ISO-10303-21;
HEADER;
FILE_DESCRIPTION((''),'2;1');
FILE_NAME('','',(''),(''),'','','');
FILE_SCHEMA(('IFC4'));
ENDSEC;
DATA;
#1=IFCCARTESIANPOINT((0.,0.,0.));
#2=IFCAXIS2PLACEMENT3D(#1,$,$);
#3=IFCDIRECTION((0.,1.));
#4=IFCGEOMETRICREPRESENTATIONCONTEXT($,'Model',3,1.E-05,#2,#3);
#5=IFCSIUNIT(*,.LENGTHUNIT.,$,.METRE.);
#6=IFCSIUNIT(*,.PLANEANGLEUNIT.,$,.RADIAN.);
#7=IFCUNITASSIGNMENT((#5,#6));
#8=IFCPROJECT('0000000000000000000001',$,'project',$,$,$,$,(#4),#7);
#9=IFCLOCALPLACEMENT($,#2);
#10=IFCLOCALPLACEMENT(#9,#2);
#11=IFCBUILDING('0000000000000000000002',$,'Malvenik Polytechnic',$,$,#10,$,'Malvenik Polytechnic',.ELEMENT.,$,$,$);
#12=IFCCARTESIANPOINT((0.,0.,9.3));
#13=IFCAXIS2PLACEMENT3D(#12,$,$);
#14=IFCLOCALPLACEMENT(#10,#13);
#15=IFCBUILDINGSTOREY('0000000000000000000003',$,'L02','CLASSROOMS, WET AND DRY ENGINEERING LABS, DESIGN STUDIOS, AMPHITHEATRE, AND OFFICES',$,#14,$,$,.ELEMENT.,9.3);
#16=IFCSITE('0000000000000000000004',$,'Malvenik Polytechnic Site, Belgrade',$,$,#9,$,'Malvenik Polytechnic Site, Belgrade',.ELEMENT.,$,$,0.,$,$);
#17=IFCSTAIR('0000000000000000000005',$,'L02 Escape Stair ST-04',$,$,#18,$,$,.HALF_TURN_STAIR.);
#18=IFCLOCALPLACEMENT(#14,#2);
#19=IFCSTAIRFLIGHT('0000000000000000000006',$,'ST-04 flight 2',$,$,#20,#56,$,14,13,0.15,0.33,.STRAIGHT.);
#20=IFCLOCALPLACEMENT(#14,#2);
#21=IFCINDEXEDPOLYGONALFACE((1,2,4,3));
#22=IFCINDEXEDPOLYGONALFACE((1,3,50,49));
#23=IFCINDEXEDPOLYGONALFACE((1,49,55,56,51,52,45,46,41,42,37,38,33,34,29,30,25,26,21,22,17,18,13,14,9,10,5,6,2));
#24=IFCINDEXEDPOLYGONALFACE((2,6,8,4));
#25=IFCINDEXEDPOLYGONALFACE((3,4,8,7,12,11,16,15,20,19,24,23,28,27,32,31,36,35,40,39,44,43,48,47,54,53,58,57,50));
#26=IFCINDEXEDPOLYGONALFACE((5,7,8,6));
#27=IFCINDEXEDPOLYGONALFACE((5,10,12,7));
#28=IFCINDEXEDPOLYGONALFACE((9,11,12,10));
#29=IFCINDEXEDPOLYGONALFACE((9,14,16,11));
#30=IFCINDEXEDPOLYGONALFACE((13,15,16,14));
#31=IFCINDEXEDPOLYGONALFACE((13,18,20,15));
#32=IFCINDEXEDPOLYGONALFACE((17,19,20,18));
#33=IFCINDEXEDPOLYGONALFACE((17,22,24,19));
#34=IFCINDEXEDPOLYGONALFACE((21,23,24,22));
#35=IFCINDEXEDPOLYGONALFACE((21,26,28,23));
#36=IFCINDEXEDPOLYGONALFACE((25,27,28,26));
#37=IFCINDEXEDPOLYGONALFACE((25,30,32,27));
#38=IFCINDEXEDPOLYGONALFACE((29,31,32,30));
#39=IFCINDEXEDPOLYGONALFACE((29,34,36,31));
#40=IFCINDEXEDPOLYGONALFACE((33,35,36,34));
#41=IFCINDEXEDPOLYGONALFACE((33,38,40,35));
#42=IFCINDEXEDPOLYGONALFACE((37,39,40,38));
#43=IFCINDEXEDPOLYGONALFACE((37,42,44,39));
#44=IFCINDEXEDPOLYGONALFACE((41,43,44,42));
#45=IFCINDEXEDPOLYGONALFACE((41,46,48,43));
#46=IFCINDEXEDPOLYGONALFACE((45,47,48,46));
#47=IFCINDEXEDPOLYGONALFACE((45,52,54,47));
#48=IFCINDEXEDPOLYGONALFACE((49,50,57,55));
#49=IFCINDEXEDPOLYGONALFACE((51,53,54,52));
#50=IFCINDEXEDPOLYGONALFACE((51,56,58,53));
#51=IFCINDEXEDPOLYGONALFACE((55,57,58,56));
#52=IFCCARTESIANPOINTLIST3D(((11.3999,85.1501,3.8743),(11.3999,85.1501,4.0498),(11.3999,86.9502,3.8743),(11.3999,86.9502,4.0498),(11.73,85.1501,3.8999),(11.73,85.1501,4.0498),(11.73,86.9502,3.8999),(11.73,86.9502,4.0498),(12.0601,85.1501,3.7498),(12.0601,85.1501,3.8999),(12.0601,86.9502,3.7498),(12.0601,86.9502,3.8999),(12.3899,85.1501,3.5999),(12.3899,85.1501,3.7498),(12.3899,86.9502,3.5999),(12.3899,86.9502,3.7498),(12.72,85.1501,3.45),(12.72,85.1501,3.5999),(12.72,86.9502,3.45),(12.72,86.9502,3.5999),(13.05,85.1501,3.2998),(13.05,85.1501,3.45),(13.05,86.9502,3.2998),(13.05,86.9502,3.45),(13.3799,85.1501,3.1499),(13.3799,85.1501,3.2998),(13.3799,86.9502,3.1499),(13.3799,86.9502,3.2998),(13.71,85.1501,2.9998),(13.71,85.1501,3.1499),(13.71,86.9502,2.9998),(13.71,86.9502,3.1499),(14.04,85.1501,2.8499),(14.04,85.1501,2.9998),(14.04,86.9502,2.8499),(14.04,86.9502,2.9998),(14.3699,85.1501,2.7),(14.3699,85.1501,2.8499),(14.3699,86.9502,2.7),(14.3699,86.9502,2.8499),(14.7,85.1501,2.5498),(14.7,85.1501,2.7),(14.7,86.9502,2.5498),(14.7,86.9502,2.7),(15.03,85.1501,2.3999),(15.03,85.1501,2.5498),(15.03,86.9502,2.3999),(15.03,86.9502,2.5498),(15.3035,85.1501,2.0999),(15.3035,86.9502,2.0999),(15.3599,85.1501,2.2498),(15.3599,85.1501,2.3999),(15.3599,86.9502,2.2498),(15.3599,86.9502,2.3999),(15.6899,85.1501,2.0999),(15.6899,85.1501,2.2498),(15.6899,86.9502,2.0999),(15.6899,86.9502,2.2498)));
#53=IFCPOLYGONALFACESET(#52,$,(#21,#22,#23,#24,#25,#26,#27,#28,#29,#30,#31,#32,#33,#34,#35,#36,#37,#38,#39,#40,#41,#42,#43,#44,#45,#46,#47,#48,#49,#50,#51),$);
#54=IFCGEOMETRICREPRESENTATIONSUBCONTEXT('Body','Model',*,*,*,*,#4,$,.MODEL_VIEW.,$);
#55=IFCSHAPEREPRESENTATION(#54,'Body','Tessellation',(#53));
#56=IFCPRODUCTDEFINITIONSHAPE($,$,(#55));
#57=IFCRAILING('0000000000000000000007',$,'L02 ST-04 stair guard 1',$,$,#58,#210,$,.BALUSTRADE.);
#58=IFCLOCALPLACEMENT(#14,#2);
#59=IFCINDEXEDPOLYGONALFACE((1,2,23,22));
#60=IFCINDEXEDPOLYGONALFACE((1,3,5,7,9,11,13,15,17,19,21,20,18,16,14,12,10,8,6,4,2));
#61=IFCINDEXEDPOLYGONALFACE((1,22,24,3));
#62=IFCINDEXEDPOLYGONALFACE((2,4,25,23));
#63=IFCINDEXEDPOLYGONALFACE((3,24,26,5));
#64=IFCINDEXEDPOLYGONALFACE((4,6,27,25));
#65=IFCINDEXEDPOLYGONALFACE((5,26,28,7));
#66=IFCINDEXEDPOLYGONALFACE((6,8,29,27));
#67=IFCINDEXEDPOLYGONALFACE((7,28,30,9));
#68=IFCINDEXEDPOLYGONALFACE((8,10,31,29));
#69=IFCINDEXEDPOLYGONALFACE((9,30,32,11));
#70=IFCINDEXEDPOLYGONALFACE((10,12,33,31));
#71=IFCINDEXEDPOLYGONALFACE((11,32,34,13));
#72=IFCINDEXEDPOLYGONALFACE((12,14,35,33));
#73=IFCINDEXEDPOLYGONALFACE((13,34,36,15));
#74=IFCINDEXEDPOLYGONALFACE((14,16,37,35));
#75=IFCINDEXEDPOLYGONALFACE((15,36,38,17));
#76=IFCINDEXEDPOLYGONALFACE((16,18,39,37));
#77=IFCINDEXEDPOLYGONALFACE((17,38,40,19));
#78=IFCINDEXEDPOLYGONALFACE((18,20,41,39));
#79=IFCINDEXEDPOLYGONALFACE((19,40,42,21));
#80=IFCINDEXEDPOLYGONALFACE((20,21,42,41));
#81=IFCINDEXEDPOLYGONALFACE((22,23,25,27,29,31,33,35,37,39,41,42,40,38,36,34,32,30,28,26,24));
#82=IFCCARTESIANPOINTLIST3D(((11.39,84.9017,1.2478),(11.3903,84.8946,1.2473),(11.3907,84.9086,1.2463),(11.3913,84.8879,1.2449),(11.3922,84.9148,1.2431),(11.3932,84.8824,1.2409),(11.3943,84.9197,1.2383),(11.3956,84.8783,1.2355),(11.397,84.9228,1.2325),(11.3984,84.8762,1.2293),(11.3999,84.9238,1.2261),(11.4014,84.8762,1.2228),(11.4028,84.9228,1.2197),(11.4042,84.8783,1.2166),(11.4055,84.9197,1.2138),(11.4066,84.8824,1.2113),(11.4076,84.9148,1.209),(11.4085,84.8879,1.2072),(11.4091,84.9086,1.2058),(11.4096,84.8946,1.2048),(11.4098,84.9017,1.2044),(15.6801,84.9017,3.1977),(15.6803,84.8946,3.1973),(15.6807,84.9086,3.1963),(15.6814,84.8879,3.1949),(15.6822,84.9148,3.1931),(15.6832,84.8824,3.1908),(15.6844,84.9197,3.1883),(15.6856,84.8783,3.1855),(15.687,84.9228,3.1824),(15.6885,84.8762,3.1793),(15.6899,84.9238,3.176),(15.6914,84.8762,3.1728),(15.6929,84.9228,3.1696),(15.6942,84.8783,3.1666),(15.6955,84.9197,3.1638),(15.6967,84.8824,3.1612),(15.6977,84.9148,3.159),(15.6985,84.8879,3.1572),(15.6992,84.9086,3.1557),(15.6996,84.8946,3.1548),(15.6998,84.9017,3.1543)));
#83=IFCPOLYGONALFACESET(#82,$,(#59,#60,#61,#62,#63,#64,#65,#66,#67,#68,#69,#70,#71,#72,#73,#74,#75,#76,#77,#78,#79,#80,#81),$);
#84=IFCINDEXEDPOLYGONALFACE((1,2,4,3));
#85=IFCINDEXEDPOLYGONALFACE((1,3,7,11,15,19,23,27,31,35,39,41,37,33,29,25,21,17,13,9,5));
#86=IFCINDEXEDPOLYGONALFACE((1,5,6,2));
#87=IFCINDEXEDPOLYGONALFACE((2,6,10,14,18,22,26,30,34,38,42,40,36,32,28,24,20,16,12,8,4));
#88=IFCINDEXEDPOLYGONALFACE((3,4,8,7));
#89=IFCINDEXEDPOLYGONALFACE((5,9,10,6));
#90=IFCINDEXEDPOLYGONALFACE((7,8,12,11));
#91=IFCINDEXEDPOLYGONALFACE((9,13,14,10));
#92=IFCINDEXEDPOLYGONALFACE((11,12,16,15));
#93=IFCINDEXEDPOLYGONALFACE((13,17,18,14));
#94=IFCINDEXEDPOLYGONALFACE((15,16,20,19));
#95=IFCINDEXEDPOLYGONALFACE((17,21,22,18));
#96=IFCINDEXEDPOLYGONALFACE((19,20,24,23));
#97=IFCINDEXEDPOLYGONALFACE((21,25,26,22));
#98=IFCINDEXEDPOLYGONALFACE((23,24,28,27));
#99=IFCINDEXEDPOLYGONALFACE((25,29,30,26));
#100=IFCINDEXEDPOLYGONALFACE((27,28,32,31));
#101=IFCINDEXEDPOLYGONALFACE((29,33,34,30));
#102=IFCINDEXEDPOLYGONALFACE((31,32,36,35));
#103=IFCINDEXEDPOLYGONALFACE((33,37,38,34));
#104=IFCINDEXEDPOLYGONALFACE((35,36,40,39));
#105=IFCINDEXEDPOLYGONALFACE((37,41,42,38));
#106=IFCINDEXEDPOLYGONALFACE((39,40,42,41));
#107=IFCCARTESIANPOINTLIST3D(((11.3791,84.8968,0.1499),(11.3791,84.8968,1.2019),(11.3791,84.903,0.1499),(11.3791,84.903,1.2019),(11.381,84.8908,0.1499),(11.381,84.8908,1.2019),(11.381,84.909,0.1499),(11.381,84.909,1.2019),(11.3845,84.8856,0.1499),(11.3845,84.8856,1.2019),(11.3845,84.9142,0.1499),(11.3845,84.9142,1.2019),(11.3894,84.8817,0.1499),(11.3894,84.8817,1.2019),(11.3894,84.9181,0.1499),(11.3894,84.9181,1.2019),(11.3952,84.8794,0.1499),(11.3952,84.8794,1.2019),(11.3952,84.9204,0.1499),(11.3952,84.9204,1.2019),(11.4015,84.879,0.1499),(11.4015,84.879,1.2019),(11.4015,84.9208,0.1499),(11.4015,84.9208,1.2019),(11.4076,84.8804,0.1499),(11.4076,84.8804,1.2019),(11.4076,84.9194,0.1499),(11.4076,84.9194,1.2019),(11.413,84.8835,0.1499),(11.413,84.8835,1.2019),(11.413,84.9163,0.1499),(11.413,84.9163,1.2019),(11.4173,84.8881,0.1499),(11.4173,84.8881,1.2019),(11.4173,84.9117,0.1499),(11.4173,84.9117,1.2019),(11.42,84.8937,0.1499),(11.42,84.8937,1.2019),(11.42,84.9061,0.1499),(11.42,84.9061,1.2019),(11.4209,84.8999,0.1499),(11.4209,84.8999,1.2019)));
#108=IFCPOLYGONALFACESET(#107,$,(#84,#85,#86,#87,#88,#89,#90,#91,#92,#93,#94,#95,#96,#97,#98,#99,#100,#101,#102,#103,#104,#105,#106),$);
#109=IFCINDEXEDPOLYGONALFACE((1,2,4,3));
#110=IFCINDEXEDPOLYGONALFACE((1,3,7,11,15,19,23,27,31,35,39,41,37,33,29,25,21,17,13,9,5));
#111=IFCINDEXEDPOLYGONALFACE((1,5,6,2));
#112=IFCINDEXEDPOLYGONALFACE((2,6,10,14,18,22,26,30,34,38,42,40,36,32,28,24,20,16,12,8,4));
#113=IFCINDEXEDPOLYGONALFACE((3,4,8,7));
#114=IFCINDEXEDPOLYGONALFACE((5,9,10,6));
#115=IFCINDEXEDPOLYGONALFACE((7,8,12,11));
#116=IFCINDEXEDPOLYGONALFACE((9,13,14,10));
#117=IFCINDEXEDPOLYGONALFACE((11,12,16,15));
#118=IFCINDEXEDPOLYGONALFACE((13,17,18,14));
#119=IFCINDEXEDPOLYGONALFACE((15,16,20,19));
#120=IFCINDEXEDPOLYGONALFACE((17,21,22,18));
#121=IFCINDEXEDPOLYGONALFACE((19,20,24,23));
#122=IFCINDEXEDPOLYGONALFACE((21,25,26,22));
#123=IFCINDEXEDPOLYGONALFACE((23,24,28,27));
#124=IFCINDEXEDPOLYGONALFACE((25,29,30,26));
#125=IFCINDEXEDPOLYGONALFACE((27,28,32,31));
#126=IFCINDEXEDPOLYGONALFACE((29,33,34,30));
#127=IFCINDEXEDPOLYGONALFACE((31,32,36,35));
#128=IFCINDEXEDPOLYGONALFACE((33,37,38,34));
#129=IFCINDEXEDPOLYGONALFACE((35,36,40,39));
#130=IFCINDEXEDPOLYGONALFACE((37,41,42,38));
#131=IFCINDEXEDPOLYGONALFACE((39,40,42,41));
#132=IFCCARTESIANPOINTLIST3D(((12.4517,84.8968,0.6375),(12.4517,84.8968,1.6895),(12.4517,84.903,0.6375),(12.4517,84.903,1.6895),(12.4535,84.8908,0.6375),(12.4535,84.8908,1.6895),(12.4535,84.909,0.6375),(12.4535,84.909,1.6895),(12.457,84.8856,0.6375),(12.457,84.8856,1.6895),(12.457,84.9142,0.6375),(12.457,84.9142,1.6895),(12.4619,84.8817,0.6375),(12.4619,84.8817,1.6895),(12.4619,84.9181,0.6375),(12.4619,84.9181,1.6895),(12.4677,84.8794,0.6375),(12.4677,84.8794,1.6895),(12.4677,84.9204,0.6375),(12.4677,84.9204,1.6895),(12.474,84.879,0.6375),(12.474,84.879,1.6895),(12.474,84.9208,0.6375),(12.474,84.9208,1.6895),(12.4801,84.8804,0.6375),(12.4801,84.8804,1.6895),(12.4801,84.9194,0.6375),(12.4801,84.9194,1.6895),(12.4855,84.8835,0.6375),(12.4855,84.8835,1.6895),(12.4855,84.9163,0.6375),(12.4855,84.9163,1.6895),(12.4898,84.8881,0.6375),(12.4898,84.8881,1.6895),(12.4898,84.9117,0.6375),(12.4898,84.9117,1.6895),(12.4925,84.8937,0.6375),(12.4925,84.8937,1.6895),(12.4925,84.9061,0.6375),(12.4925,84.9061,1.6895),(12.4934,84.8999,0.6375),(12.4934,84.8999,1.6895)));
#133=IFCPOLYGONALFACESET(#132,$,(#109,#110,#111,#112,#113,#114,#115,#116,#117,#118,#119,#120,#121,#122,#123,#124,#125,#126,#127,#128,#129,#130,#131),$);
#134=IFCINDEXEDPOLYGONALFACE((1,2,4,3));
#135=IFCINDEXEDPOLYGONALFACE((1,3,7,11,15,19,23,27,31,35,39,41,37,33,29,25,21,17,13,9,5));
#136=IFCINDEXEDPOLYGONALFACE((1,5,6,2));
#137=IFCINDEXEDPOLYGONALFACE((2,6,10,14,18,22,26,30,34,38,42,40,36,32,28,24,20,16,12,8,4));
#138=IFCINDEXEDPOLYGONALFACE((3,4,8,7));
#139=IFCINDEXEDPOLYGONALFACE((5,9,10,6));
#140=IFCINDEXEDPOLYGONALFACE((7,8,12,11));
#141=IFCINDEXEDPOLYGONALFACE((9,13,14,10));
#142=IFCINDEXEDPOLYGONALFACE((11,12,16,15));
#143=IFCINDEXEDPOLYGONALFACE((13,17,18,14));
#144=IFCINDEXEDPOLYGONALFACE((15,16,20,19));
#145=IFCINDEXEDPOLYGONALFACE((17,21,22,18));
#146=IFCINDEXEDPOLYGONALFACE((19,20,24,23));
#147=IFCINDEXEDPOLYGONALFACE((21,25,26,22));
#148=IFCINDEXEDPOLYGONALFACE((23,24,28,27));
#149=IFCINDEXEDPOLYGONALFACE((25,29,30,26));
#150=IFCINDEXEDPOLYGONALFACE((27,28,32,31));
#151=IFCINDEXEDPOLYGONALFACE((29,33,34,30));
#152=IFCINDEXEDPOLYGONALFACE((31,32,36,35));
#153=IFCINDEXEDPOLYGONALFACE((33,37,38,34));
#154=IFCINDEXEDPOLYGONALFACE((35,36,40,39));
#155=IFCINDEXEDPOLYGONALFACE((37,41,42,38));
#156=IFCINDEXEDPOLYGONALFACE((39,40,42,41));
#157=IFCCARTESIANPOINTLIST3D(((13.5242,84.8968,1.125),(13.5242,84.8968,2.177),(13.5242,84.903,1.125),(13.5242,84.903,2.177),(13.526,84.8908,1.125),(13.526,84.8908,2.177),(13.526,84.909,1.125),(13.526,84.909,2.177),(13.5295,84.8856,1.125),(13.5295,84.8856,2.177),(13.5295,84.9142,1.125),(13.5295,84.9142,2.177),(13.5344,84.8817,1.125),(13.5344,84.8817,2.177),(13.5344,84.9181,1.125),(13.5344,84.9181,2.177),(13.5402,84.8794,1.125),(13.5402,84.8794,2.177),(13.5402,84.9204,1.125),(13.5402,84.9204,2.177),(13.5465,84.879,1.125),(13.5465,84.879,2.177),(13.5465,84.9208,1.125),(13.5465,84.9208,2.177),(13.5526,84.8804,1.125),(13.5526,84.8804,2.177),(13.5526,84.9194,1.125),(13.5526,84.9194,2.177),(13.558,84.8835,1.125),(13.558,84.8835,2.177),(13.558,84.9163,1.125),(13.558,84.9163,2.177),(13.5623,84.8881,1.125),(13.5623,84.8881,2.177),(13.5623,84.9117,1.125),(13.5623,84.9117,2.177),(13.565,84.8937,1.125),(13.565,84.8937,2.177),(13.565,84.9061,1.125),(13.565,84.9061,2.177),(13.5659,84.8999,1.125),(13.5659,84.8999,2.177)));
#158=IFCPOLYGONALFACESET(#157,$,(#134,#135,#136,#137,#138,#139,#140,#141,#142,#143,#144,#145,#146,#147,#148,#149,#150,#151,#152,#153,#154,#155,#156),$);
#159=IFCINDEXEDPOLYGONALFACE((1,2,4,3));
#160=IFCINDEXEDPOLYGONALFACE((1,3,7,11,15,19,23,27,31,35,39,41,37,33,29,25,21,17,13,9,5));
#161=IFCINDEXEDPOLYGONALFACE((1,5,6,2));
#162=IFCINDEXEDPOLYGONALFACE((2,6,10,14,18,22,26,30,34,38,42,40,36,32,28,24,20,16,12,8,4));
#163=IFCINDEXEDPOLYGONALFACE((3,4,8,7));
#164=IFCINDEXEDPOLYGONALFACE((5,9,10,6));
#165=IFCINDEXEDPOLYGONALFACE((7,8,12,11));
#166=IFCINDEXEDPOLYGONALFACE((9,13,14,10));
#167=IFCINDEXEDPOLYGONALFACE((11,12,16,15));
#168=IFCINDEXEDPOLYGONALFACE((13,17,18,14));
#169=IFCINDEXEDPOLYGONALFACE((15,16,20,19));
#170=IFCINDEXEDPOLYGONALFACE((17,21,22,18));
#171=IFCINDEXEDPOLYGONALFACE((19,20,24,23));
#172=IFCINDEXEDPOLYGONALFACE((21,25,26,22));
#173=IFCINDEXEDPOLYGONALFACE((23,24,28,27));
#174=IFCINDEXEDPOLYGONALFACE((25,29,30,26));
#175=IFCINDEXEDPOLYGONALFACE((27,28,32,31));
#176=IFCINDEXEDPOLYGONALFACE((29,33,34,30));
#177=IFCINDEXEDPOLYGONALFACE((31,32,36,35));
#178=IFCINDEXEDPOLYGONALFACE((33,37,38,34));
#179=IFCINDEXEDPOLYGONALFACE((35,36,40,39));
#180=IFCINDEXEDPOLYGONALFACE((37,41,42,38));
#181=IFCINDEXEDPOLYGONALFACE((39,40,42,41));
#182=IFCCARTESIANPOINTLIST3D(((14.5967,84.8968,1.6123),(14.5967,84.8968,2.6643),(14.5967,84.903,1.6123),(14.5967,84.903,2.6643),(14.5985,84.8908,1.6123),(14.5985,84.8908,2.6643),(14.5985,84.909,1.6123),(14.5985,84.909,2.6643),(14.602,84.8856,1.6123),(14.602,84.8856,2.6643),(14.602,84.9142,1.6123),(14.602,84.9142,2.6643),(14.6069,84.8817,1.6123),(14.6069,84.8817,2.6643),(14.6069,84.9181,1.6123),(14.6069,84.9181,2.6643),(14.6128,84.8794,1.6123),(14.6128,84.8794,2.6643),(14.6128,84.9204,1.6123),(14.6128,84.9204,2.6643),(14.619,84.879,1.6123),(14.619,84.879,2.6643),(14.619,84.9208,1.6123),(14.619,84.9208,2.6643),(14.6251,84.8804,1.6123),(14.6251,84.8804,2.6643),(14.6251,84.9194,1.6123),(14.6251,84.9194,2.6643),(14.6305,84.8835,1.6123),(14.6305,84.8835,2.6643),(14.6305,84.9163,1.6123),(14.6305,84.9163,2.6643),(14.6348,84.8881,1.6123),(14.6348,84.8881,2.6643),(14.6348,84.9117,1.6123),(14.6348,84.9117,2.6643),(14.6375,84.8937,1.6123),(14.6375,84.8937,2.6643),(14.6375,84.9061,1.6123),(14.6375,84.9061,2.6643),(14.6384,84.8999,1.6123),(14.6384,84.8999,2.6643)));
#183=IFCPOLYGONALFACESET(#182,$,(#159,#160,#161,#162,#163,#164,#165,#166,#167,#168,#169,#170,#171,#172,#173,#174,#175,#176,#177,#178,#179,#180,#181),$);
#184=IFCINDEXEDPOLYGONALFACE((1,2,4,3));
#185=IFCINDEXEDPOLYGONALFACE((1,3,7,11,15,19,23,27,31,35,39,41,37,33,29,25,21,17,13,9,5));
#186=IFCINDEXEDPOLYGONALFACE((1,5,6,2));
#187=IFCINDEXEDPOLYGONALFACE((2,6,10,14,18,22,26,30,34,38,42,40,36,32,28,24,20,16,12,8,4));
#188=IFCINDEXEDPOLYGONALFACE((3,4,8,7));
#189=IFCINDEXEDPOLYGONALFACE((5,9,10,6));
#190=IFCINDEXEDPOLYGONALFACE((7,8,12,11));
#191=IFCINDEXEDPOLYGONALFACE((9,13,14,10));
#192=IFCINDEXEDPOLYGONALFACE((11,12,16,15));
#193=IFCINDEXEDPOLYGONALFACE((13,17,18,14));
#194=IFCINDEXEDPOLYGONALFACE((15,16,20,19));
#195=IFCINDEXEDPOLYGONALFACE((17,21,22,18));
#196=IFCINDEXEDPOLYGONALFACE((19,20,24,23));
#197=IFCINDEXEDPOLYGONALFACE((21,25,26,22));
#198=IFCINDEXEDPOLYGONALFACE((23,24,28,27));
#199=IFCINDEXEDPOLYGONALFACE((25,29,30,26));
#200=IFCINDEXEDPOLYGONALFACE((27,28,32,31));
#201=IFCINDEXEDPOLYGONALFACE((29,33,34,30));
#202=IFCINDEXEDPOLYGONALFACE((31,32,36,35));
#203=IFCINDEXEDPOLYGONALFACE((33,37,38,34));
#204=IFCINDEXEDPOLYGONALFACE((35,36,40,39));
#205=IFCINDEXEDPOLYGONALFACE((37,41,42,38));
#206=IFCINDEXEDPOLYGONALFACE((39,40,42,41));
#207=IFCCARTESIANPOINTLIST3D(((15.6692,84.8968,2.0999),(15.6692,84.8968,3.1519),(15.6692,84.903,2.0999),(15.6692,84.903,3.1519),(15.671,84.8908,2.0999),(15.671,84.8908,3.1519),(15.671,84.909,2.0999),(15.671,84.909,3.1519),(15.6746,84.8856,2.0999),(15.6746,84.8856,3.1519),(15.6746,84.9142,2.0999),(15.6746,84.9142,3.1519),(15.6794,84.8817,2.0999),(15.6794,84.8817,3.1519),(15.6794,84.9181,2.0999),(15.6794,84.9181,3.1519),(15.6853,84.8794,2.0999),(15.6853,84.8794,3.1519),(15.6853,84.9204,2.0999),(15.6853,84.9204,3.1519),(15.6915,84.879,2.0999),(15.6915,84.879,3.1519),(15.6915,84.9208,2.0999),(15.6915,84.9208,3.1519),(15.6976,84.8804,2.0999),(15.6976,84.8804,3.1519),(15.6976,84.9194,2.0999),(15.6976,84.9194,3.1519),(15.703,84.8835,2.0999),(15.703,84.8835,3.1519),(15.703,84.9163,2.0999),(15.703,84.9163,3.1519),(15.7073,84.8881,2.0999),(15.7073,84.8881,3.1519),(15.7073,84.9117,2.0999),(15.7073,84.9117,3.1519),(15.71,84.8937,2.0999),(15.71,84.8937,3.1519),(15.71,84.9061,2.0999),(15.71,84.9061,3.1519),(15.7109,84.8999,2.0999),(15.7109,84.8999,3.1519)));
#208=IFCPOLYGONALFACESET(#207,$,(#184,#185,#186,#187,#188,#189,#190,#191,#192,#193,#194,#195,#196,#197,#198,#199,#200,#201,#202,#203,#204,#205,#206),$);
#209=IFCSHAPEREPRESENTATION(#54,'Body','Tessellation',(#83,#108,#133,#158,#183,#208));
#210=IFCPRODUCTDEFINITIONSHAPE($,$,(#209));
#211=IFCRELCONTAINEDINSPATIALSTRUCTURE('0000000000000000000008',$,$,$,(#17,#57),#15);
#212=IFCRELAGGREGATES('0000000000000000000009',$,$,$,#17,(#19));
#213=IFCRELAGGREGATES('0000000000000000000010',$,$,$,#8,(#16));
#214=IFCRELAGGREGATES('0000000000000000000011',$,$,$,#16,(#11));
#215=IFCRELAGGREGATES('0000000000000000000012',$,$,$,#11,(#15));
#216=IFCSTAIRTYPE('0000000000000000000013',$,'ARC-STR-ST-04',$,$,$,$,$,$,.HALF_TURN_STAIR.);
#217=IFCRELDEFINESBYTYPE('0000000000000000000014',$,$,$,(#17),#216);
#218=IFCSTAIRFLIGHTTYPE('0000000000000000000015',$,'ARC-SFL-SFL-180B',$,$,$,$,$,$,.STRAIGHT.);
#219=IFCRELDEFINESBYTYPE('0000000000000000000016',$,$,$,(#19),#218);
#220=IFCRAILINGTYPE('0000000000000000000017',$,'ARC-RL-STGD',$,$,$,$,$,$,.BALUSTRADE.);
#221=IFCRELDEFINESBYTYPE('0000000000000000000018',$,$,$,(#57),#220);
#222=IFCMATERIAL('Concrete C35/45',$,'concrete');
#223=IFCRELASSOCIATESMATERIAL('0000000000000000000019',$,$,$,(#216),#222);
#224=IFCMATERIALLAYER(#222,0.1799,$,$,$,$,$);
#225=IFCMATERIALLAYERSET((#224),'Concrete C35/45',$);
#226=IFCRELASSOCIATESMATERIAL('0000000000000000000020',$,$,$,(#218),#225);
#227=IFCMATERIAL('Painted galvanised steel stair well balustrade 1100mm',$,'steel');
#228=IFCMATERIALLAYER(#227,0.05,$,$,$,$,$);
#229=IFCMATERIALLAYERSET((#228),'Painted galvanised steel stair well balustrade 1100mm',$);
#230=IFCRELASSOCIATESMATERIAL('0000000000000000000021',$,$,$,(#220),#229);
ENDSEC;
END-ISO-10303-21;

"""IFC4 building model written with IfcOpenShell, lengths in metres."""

from ifc_helpers import new_model, si_unit, direction, frame, origin, origin_2d, place, context, subcontext, project, spatial, polyline, circle, outline, extrude, material, layer, layer_set, type_object, element, aggregate, save


model = new_model("IFC4")

# Units and contexts
model_context = context("Model", 3, precision=1e-05, world=origin(), true_north=direction((0.0, 1.0)))
body_context = subcontext(model_context, "Body", "Model", "MODEL_VIEW")
ifc_project = project(units=[si_unit("LENGTHUNIT", "METRE"), si_unit("PLANEANGLEUNIT", "RADIAN")], contexts=[model_context])

# Site, building, storey
site_placement = place(None, origin())
site = spatial("IfcSite", under=ifc_project, at=site_placement, Name="Malvenik Polytechnic Site, Belgrade", LongName="Malvenik Polytechnic Site, Belgrade", CompositionType="ELEMENT", RefElevation=0.0)
building_placement = place(site_placement, origin())
building = spatial("IfcBuilding", under=site, at=building_placement, Name="Malvenik Polytechnic", LongName="Malvenik Polytechnic", CompositionType="ELEMENT")
storey_placement = place(building_placement, frame((0.0, 0.0, 9.3)))
storey = spatial("IfcBuildingStorey", under=building, at=storey_placement, Name="L02", Description="CLASSROOMS, WET AND DRY ENGINEERING LABS, DESIGN STUDIOS, AMPHITHEATRE, AND OFFICES", CompositionType="ELEMENT", Elevation=9.3)

# Shared definitions
ifc_material_1 = material(Name="Concrete C35/45", Category="concrete")

# Stair, stair flight
stair_type = type_object("IfcStairType", Name="ARC-STR-ST-04", PredefinedType="HALF_TURN_STAIR", material=ifc_material_1)
stair_placement = place(storey_placement, origin())
stair = element("IfcStair", 1, at=stair_placement, inside=storey, type_object=stair_type, Name="L02 Escape Stair ST-04", PredefinedType="HALF_TURN_STAIR")
ifc_layer_1 = layer(ifc_material_1, 0.1799)
ifc_layer_set_1 = layer_set([ifc_layer_1], Name="Concrete C35/45")
stair_flight_type = type_object("IfcStairFlightType", Name="ARC-SFL-SFL-180B", PredefinedType="STRAIGHT", material=ifc_layer_set_1)
stair_flight_placement = place(storey_placement, frame((15.6899, 86.05, 2.0999), z_axis=(0.0, 0.0, 1.0), x_axis=(-1.0, 0.0, 0.0)))
stair_flight = element("IfcStairFlight", 2, at=stair_flight_placement, type_object=stair_flight_type, Name="ST-04 flight 2", NumberOfRisers=14, NumberOfTreads=13, PredefinedType="STRAIGHT", RiserHeight=0.15, TreadLength=0.33, context=body_context, shape_type="SweptSolid", body=[
    extrude(outline(polyline([(0.0, 0.0), (0.0, 0.1499), (0.3301, 0.1499), (0.3301, 0.3), (0.6599, 0.3), (0.6599, 0.45), (0.99, 0.45), (0.99, 0.6001), (1.3201, 0.6001), (1.3201, 0.75), (1.6499, 0.75), (1.6499, 0.8999), (1.98, 0.8999), (1.98, 1.05), (2.3101, 1.05), (2.3101, 1.2), (2.6399, 1.2), (2.6399, 1.3501), (2.97, 1.3501), (2.97, 1.5), (3.3, 1.5), (3.3, 1.6499), (3.6299, 1.6499), (3.6299, 1.8), (3.96, 1.8), (3.96, 1.95), (4.29, 1.95), (4.29, 2.1001), (4.29, 1.7744), (0.3865, 0.0), (0.0, 0.0)])), frame((0.0, 0.8999, 0.0), z_axis=(0.0, -1.0, 0.0), x_axis=(1.0, 0.0, 0.0)), (0.0, 0.0, 1.0), 1.8),
])
aggregate(stair, [stair_flight])

# Railing
ifc_material_2 = material(Name="Painted galvanised steel stair well balustrade 1100mm", Category="steel")
ifc_layer_2 = layer(ifc_material_2, 0.05)
ifc_layer_set_2 = layer_set([ifc_layer_2], Name="Painted galvanised steel stair well balustrade 1100mm")
railing_type_1 = type_object("IfcRailingType", Name="ARC-RL-STGD", PredefinedType="BALUSTRADE", material=ifc_layer_set_2)
railing_1_placement = place(storey_placement, frame((11.3999, 84.8999, 0.1499)))
element("IfcRailing", 3, at=railing_1_placement, inside=storey, type_object=railing_type_1, Name="L02 ST-04 stair guard 1", PredefinedType="BALUSTRADE", context=body_context, shape_type="SweptSolid", body=[
    extrude(circle(Radius=0.0239, at=origin_2d()), frame((0.0, 0.0, 1.0762), z_axis=(0.910372, 0.0, 0.413791), x_axis=(0.0, 1.0, 0.0)), (0.0, 0.0, 1.0), 4.7124),
    extrude(circle(Radius=0.021, at=origin_2d()), origin(), (0.0, 0.0, 1.0), 1.052),
    extrude(circle(Radius=0.021, at=origin_2d()), frame((1.0725, 0.0, 0.4875)), (0.0, 0.0, 1.0), 1.052),
    extrude(circle(Radius=0.021, at=origin_2d()), frame((2.145, 0.0, 0.9751)), (0.0, 0.0, 1.0), 1.052),
    extrude(circle(Radius=0.021, at=origin_2d()), frame((3.2175, 0.0, 1.4624)), (0.0, 0.0, 1.0), 1.052),
    extrude(circle(Radius=0.021, at=origin_2d()), frame((4.29, 0.0, 1.95)), (0.0, 0.0, 1.0), 1.052),
])

save(model, "model.ifc")
